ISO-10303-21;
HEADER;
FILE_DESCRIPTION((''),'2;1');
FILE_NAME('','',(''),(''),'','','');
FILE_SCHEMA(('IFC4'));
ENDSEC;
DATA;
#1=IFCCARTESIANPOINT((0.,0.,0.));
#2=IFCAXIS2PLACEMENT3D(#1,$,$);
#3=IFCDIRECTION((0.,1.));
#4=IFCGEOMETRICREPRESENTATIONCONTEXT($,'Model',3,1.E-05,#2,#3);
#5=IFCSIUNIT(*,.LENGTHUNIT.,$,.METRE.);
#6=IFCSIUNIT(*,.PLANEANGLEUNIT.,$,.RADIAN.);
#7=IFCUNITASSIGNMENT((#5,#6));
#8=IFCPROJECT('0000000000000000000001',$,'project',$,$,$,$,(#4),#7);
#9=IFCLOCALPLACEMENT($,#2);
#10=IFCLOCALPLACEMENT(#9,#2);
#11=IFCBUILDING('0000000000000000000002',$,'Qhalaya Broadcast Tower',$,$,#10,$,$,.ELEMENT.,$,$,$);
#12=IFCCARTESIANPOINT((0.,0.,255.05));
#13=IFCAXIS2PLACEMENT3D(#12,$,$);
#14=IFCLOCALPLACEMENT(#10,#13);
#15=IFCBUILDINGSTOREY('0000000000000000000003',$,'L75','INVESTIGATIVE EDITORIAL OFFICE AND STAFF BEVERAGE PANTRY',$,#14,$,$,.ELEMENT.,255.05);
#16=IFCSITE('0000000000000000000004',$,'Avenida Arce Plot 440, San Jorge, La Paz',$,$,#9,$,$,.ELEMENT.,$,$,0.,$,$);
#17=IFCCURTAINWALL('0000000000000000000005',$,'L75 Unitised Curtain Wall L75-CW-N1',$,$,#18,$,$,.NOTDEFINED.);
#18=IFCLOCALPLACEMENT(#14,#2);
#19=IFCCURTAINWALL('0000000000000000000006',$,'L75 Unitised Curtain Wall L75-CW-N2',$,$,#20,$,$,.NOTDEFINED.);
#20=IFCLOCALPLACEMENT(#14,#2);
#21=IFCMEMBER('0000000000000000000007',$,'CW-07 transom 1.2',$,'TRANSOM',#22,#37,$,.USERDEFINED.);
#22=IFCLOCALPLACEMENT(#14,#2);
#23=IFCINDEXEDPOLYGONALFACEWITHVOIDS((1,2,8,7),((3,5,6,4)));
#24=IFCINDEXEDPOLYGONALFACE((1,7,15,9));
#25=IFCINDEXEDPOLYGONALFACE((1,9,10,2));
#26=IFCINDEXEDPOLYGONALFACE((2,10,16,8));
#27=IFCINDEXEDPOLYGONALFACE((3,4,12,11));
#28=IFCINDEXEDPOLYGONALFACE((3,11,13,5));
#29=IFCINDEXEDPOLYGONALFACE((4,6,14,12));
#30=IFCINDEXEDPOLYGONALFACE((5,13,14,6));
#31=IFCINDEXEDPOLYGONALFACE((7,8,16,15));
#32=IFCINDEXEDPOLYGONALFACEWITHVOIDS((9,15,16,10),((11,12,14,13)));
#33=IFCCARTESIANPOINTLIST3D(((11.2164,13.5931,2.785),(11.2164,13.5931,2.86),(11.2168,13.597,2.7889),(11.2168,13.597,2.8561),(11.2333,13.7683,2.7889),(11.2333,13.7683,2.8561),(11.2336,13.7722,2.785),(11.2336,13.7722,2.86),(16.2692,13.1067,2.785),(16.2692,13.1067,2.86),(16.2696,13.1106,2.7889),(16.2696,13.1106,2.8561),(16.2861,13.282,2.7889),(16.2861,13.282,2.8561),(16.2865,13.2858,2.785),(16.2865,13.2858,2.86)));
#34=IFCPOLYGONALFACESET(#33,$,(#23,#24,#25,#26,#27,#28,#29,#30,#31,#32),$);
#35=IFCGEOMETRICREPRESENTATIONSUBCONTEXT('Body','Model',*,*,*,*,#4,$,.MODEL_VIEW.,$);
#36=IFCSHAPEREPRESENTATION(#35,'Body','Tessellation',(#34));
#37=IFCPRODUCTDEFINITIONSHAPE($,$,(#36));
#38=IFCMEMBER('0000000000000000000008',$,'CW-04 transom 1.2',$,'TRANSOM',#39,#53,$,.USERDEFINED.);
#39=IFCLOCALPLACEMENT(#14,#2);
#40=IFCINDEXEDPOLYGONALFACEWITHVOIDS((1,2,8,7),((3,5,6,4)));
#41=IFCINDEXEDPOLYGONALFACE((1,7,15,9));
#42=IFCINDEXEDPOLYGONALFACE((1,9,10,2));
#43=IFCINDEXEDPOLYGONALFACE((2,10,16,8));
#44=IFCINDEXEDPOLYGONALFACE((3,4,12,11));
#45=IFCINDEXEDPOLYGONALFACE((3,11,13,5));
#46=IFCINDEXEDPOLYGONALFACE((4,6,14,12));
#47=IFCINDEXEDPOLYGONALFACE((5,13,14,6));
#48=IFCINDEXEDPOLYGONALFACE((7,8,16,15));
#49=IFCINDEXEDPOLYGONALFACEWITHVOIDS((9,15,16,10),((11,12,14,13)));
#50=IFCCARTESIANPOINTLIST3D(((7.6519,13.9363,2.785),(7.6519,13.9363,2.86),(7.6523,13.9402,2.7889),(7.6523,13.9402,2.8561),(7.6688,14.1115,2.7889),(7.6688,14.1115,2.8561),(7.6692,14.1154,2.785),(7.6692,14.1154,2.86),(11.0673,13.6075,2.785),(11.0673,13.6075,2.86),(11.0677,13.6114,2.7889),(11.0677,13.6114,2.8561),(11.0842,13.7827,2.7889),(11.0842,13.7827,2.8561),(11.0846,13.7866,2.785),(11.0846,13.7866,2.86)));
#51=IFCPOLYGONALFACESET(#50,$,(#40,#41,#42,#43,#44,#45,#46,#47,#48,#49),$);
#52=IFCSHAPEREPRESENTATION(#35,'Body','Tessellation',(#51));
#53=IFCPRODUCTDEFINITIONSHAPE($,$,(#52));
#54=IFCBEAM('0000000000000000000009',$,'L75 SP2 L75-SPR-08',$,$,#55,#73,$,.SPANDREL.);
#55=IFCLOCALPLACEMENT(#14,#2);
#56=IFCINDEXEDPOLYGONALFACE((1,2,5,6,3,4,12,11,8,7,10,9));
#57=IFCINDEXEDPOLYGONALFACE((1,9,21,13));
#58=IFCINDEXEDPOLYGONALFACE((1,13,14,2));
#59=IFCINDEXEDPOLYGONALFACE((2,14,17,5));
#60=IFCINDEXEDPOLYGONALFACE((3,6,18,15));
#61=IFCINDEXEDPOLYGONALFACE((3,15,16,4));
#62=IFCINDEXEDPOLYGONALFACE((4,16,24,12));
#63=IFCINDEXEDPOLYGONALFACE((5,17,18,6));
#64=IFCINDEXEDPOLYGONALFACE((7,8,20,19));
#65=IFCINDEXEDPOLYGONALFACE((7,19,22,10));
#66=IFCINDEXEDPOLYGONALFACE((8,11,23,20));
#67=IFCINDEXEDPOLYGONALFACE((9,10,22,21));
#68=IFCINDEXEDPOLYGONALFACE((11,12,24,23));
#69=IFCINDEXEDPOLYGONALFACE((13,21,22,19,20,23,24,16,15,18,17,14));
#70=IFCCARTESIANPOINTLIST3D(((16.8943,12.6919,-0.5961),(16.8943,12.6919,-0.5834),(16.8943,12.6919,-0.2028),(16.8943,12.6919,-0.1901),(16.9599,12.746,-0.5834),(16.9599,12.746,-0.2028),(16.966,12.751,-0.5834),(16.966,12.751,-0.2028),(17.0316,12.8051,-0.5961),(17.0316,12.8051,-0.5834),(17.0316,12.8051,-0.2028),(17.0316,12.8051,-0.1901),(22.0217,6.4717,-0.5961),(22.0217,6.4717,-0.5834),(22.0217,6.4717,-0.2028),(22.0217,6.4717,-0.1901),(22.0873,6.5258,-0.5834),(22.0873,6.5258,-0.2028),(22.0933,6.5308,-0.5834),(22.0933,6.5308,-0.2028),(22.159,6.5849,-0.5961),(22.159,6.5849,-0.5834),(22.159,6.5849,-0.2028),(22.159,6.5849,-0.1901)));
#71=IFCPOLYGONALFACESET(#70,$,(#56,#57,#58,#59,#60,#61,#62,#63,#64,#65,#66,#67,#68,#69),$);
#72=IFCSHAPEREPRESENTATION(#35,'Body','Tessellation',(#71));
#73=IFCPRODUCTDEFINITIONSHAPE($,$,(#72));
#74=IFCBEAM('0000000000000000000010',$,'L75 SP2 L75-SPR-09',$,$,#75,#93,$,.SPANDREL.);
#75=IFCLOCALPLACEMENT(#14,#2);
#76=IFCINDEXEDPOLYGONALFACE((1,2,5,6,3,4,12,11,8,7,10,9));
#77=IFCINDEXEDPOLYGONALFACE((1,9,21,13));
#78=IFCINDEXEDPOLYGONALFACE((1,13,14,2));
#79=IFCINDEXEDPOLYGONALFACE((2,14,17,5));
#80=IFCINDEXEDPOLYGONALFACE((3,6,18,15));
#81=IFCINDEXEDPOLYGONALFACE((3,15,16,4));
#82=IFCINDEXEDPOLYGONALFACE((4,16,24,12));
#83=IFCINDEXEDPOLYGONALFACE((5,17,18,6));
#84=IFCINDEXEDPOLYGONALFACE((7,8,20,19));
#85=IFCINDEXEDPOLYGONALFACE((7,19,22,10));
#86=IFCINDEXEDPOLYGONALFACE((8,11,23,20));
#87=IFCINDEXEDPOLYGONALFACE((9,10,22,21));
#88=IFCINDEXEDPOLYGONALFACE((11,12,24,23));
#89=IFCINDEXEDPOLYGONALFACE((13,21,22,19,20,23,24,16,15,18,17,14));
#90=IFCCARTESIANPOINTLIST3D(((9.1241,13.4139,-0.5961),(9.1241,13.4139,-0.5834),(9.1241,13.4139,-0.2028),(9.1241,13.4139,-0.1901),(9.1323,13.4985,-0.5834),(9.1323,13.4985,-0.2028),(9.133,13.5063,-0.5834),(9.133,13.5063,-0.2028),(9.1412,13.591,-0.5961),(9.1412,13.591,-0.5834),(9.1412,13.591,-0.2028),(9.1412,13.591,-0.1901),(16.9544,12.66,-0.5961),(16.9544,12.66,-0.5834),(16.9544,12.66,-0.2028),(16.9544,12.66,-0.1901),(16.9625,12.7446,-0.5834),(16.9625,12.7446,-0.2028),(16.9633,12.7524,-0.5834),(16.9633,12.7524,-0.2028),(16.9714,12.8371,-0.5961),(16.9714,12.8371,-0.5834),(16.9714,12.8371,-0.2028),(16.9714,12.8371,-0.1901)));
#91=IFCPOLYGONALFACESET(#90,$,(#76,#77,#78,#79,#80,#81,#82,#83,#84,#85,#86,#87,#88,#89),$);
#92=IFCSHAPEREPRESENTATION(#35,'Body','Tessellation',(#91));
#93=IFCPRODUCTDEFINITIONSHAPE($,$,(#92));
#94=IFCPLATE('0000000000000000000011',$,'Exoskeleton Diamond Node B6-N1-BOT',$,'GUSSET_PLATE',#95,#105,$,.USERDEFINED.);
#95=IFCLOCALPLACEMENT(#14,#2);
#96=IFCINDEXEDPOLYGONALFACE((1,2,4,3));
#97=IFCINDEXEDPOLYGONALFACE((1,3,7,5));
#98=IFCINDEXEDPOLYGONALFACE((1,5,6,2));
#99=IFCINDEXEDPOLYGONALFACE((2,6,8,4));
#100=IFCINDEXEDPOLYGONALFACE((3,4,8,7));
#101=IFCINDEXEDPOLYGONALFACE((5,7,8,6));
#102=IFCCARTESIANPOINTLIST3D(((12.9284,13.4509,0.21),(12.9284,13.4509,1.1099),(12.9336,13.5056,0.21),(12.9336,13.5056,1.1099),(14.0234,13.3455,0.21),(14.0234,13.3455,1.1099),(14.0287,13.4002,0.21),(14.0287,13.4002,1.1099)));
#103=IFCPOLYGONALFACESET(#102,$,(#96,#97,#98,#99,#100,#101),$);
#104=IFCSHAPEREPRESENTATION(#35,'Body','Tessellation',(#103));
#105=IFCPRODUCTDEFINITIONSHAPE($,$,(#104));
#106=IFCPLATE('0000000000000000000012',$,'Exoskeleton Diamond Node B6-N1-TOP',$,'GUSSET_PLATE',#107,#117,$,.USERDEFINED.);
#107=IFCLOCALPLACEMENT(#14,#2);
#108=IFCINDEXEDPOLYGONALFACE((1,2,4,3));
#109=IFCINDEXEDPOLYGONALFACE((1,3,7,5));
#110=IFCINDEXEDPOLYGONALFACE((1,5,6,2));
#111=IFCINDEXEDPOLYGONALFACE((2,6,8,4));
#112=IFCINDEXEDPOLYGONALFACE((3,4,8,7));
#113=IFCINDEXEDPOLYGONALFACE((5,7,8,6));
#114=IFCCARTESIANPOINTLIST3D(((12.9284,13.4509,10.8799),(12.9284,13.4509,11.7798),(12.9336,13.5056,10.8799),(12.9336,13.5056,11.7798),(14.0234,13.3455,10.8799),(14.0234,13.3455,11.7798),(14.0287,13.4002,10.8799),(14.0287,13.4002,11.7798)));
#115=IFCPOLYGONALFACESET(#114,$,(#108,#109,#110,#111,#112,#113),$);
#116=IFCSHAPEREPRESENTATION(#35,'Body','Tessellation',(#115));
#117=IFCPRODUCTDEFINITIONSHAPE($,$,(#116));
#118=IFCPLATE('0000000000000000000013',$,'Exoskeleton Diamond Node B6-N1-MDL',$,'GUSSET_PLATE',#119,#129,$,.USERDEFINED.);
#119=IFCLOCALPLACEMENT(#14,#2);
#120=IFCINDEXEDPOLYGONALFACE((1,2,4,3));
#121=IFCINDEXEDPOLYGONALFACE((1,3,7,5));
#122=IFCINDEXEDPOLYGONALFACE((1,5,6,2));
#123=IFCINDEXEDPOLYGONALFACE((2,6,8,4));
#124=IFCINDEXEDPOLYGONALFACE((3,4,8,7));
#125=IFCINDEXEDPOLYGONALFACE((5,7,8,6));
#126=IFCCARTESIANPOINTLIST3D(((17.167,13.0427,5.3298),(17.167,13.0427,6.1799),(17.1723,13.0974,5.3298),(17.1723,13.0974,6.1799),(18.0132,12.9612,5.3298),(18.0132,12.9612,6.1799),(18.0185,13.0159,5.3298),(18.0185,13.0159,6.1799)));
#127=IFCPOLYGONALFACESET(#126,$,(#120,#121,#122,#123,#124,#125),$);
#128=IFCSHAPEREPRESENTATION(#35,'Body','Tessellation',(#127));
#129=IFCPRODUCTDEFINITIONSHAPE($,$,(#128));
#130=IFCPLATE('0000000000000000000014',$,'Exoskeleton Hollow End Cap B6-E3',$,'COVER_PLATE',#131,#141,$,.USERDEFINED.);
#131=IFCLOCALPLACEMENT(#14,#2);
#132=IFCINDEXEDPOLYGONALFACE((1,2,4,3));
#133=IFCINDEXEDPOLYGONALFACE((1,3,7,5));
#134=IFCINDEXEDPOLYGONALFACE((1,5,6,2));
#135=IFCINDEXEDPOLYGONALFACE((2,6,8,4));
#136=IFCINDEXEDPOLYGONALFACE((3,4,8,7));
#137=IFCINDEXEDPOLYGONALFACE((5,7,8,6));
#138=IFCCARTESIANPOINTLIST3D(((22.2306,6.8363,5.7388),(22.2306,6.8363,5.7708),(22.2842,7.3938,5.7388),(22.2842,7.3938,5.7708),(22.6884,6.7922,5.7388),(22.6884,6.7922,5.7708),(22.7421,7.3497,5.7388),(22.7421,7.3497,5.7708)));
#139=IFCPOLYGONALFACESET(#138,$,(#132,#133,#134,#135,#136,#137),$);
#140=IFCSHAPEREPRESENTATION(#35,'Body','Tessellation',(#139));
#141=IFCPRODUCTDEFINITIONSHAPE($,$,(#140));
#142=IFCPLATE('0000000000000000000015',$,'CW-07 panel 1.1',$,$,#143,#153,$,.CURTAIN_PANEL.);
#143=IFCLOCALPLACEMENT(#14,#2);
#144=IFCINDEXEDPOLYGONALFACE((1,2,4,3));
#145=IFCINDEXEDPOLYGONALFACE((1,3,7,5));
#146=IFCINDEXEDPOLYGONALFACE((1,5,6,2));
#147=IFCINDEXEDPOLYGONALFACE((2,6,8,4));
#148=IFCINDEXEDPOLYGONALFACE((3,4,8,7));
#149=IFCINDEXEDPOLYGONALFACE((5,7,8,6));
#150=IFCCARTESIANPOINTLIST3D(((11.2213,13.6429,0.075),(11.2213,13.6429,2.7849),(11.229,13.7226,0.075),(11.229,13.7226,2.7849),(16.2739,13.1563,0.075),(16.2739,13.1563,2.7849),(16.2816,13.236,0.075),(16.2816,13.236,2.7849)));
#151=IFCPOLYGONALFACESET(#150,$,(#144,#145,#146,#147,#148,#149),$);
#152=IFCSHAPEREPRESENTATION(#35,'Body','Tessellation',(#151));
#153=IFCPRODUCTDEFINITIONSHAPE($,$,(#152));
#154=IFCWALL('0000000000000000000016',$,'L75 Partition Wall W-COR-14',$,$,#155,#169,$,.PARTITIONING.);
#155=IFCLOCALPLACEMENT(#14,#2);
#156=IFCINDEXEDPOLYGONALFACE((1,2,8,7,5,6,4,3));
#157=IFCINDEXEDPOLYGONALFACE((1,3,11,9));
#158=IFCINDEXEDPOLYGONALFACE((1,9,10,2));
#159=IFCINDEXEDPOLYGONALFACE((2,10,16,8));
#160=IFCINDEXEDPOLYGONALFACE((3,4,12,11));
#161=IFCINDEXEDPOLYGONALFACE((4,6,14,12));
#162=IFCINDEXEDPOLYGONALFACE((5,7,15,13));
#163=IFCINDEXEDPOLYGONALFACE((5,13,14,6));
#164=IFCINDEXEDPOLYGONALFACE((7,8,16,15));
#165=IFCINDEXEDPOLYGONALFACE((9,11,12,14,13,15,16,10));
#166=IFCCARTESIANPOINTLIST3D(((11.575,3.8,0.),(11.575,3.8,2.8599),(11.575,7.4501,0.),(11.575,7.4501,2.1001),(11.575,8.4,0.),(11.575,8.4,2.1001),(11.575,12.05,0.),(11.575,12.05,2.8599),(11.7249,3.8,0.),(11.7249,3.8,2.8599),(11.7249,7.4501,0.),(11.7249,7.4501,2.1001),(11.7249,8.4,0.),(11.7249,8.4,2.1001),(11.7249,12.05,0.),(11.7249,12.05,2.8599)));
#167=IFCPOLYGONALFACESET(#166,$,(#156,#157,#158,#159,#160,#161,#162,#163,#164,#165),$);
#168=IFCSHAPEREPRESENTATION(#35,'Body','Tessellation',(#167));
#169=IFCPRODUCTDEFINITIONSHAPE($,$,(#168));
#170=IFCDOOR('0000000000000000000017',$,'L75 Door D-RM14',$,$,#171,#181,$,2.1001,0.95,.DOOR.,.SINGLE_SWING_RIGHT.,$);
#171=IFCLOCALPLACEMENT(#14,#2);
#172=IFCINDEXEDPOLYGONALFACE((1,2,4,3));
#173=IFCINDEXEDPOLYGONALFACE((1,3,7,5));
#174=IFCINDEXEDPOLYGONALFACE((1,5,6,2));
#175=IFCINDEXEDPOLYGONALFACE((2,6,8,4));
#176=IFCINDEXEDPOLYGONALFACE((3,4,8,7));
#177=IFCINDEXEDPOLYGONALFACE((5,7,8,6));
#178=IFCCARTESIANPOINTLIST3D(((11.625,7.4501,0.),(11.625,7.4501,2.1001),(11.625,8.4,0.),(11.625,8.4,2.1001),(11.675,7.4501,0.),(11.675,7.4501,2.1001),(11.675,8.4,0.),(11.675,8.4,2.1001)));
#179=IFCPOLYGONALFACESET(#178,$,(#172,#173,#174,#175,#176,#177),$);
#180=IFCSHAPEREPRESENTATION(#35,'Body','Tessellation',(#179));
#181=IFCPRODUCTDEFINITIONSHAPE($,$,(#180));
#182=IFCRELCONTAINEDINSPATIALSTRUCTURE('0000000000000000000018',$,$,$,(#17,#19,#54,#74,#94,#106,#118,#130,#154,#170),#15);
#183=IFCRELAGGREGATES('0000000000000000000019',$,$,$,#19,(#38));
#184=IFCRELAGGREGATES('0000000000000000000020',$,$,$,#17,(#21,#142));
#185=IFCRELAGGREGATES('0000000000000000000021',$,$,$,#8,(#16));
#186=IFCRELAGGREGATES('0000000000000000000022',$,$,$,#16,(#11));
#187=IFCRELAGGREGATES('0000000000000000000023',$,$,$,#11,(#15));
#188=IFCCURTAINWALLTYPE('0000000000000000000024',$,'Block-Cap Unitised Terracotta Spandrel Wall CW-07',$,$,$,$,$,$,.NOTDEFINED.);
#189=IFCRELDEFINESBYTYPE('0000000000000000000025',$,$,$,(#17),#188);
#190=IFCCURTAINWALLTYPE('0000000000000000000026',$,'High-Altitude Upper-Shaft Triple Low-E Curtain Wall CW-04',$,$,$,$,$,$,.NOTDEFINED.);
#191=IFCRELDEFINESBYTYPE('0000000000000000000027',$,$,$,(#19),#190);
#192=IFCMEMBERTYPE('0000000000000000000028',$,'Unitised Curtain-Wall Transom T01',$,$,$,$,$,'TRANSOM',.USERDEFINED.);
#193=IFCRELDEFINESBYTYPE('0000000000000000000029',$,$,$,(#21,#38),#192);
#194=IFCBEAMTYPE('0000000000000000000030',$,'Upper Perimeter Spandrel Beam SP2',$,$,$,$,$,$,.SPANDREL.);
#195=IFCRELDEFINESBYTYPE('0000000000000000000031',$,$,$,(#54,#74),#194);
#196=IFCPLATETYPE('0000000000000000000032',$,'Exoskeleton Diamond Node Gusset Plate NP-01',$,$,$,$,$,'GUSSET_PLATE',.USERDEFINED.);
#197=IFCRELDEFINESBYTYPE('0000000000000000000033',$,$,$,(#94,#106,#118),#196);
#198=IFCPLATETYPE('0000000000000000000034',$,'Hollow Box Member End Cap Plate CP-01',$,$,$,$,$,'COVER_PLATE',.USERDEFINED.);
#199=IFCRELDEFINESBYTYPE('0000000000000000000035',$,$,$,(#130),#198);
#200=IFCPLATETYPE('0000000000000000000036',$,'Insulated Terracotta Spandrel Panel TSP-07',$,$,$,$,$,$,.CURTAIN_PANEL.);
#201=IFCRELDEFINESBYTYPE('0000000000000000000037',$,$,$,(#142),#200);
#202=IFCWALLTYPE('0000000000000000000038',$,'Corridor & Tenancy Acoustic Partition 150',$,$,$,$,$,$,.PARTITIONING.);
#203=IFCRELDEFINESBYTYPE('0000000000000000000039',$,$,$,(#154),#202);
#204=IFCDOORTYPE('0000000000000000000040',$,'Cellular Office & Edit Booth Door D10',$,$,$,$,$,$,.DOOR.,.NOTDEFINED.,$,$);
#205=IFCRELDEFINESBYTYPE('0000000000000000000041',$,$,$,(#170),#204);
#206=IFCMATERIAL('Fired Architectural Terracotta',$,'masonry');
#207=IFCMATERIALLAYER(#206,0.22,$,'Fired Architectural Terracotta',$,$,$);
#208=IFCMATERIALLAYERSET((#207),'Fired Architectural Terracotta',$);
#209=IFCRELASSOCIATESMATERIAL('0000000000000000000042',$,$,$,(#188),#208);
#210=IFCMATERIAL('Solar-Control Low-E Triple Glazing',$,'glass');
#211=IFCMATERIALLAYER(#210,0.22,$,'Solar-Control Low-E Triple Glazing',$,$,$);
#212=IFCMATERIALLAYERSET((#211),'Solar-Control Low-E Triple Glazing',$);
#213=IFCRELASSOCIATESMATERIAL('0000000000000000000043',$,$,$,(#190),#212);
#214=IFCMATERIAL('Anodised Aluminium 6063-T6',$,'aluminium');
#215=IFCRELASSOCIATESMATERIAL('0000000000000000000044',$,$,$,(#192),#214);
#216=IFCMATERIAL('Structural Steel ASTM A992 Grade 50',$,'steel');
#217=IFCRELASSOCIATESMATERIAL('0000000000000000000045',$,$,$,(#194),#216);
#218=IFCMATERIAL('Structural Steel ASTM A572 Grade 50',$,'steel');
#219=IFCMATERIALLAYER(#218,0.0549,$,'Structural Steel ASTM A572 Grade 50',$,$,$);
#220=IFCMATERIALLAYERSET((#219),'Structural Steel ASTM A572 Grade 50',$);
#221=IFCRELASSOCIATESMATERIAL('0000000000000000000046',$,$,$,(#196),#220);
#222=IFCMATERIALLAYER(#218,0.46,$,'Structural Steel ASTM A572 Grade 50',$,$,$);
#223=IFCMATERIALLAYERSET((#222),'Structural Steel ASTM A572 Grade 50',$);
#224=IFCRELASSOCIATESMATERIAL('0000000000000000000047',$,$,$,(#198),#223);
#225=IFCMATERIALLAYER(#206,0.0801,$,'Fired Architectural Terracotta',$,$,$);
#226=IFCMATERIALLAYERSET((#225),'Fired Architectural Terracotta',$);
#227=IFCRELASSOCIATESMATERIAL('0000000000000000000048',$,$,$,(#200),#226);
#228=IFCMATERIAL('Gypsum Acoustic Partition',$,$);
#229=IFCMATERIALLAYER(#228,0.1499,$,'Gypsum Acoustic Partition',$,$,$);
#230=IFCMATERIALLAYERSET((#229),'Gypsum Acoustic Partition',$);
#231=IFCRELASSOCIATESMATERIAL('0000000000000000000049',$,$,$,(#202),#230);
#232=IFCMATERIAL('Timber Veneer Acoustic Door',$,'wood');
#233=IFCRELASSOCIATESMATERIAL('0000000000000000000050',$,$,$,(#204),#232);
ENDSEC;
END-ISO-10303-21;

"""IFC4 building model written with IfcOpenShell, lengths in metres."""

from ifc_helpers import new_model, si_unit, direction, frame, frame_2d, origin, origin_2d, place, context, subcontext, project, spatial, rectangle, hollow_rectangle, i_section, extrude, material, layer, layer_set, material_profile, profile_set, type_object, element, fill, aggregate, save


model = new_model("IFC4")

# Units and contexts
model_context = context("Model", 3, precision=1e-05, world=origin(), true_north=direction((0.0, 1.0)))
body_context = subcontext(model_context, "Body", "Model", "MODEL_VIEW")
ifc_project = project(units=[si_unit("LENGTHUNIT", "METRE"), si_unit("PLANEANGLEUNIT", "RADIAN")], contexts=[model_context])

# Site, building, storey
site_placement = place(None, origin())
site = spatial("IfcSite", under=ifc_project, at=site_placement, Name="Avenida Arce Plot 440, San Jorge, La Paz", CompositionType="ELEMENT", RefElevation=0.0)
building_placement = place(site_placement, origin())
building = spatial("IfcBuilding", under=site, at=building_placement, Name="Qhalaya Broadcast Tower", CompositionType="ELEMENT")
storey_placement = place(building_placement, frame((0.0, 0.0, 255.05)))
storey = spatial("IfcBuildingStorey", under=building, at=storey_placement, Name="L75", Description="INVESTIGATIVE EDITORIAL OFFICE AND STAFF BEVERAGE PANTRY", CompositionType="ELEMENT", Elevation=255.05)

# Shared definitions
ifc_material_1 = material(Name="Structural Steel ASTM A572 Grade 50", Category="steel")

# Shared definitions
ifc_material_2 = material(Name="Fired Architectural Terracotta", Category="masonry")
ifc_layer_1 = layer(ifc_material_2, 0.22, Name="Fired Architectural Terracotta")
ifc_layer_set_1 = layer_set([ifc_layer_1], Name="Fired Architectural Terracotta")
curtain_wall_type_1 = type_object("IfcCurtainWallType", Name="Block-Cap Unitised Terracotta Spandrel Wall CW-07", PredefinedType="NOTDEFINED", material=ifc_layer_set_1)
ifc_material_3 = material(Name="Anodised Aluminium 6063-T6", Category="aluminium")

# Curtain wall
curtain_wall_1_placement = place(storey_placement, origin())
curtain_wall_1 = element("IfcCurtainWall", 1, at=curtain_wall_1_placement, inside=storey, type_object=curtain_wall_type_1, Name="L75 Unitised Curtain Wall L75-CW-N1", PredefinedType="NOTDEFINED")

# Curtain wall
ifc_material_4 = material(Name="Solar-Control Low-E Triple Glazing", Category="glass")
ifc_layer_2 = layer(ifc_material_4, 0.22, Name="Solar-Control Low-E Triple Glazing")
ifc_layer_set_2 = layer_set([ifc_layer_2], Name="Solar-Control Low-E Triple Glazing")
curtain_wall_type_2 = type_object("IfcCurtainWallType", Name="High-Altitude Upper-Shaft Triple Low-E Curtain Wall CW-04", PredefinedType="NOTDEFINED", material=ifc_layer_set_2)
curtain_wall_2_placement = place(storey_placement, origin())
curtain_wall_2 = element("IfcCurtainWall", 2, at=curtain_wall_2_placement, inside=storey, type_object=curtain_wall_type_2, Name="L75 Unitised Curtain Wall L75-CW-N2", PredefinedType="NOTDEFINED")

# Members
ifc_material_profile_1 = material_profile(ifc_material_3, hollow_rectangle(XDim=0.075, YDim=0.1799, WallThickness=0.0039, at=origin_2d()), Name="ALU-TRN 75x180x4")
ifc_profile_set_1 = profile_set([ifc_material_profile_1], Name="Anodised Aluminium 6063-T6")
member_type_1 = type_object("IfcMemberType", Name="Unitised Curtain-Wall Transom T01", ElementType="TRANSOM", PredefinedType="USERDEFINED", material=ifc_profile_set_1)
member_1_placement = place(storey_placement, frame((16.2778, 13.1963, 2.8225), z_axis=(-0.9954, 0.095808, 0.0), x_axis=(0.0, 0.0, 1.0)))
member_1 = element("IfcMember", 3, at=member_1_placement, type_object=member_type_1, Name="CW-07 transom 1.2", ObjectType="TRANSOM", PredefinedType="USERDEFINED", context=body_context, shape_type="SweptSolid", body=[
    extrude(hollow_rectangle(XDim=0.075, YDim=0.1799, WallThickness=0.0039, at=origin_2d()), origin(), (0.0, 0.0, 1.0), 5.0762),
])
member_2_placement = place(storey_placement, frame((11.0759, 13.697, 2.8225), z_axis=(-0.995396, 0.095847, 0.0), x_axis=(0.0, 0.0, 1.0)))
member_2 = element("IfcMember", 4, at=member_2_placement, type_object=member_type_1, Name="CW-04 transom 1.2", ObjectType="TRANSOM", PredefinedType="USERDEFINED", context=body_context, shape_type="SweptSolid", body=[
    extrude(hollow_rectangle(XDim=0.075, YDim=0.1799, WallThickness=0.0039, at=origin_2d()), origin(), (0.0, 0.0, 1.0), 3.4312),
])
aggregate(curtain_wall_2, [member_2])

# Beams
ifc_material_5 = material(Name="Structural Steel ASTM A992 Grade 50", Category="steel")
ifc_material_profile_2 = material_profile(ifc_material_5, i_section(OverallWidth=0.178, OverallDepth=0.406, WebThickness=0.0078, FlangeThickness=0.0127, at=origin_2d()), Name="W16X40")
ifc_profile_set_2 = profile_set([ifc_material_profile_2], Name="Structural Steel ASTM A992 Grade 50")
beam_type = type_object("IfcBeamType", Name="Upper Perimeter Spandrel Beam SP2", PredefinedType="SPANDREL", material=ifc_profile_set_2)
beam_1_placement = place(storey_placement, frame((22.0903, 6.5283, -0.3931), z_axis=(-0.63607, 0.771631, 0.0), x_axis=(-0.771631, -0.63607, 0.0)))
element("IfcBeam", 5, at=beam_1_placement, inside=storey, type_object=beam_type, Name="L75 SP2 L75-SPR-08", PredefinedType="SPANDREL", context=body_context, shape_type="SweptSolid", body=[
    extrude(i_section(OverallWidth=0.178, OverallDepth=0.406, WebThickness=0.0078, FlangeThickness=0.0127, at=origin_2d()), origin(), (0.0, 0.0, 1.0), 8.061),
])
beam_2_placement = place(storey_placement, frame((16.9629, 12.7485, -0.3931), z_axis=(-0.995397, 0.095837, 0.0), x_axis=(-0.095837, -0.995397, 0.0)))
element("IfcBeam", 6, at=beam_2_placement, inside=storey, type_object=beam_type, Name="L75 SP2 L75-SPR-09", PredefinedType="SPANDREL", context=body_context, shape_type="SweptSolid", body=[
    extrude(i_section(OverallWidth=0.178, OverallDepth=0.406, WebThickness=0.0078, FlangeThickness=0.0127, at=origin_2d()), origin(), (0.0, 0.0, 1.0), 7.8665),
])

# Plates
ifc_layer_3 = layer(ifc_material_1, 0.0549, Name="Structural Steel ASTM A572 Grade 50")
ifc_layer_set_3 = layer_set([ifc_layer_3], Name="Structural Steel ASTM A572 Grade 50")
plate_type_1 = type_object("IfcPlateType", Name="Exoskeleton Diamond Node Gusset Plate NP-01", ElementType="GUSSET_PLATE", PredefinedType="USERDEFINED", material=ifc_layer_set_3)
for number, where, z_axis, x_axis, name in (
    (7, (13.4785, 13.4255, 0.21), (0.0, 0.0, 1.0), (0.995396, -0.095846, 0.0), "Exoskeleton Diamond Node B6-N1-BOT"),
    (8, (13.4785, 13.4255, 10.8799), (0.0, 0.0, 1.0), (0.995396, -0.095846, 0.0), "Exoskeleton Diamond Node B6-N1-TOP"),
):
    element("IfcPlate", number, at=place(storey_placement, frame(where, z_axis=z_axis, x_axis=x_axis)), inside=storey, type_object=plate_type_1, Name=name, ObjectType="GUSSET_PLATE", PredefinedType="USERDEFINED", context=body_context, shape_type="SweptSolid", body=[
        extrude(rectangle(XDim=1.1001, YDim=0.0549, at=origin_2d()), origin(), (0.0, 0.0, 1.0), 0.8999),
    ])
plate_1_placement = place(storey_placement, frame((17.5928, 13.0293, 5.3298), z_axis=(0.0, 0.0, 1.0), x_axis=(0.995396, -0.095846, 0.0)))
element("IfcPlate", 9, at=plate_1_placement, inside=storey, type_object=plate_type_1, Name="Exoskeleton Diamond Node B6-N1-MDL", ObjectType="GUSSET_PLATE", PredefinedType="USERDEFINED", context=body_context, shape_type="SweptSolid", body=[
    extrude(rectangle(XDim=0.8501, YDim=0.0549, at=origin_2d()), origin(), (0.0, 0.0, 1.0), 0.8501),
])
ifc_layer_4 = layer(ifc_material_1, 0.46, Name="Structural Steel ASTM A572 Grade 50")
ifc_layer_set_4 = layer_set([ifc_layer_4], Name="Structural Steel ASTM A572 Grade 50")
plate_type_2 = type_object("IfcPlateType", Name="Hollow Box Member End Cap Plate CP-01", ElementType="COVER_PLATE", PredefinedType="USERDEFINED", material=ifc_layer_set_4)
plate_2_placement = place(storey_placement, frame((22.4863, 7.093, 5.7388), z_axis=(0.0, 0.0, 1.0), x_axis=(0.095846, 0.995396, 0.0)))
element("IfcPlate", 10, at=plate_2_placement, inside=storey, type_object=plate_type_2, Name="Exoskeleton Hollow End Cap B6-E3", ObjectType="COVER_PLATE", PredefinedType="USERDEFINED", context=body_context, shape_type="SweptSolid", body=[
    extrude(rectangle(XDim=0.5601, YDim=0.46, at=origin_2d()), origin(), (0.0, 0.0, 1.0), 0.032),
])

# Plate
ifc_layer_5 = layer(ifc_material_2, 0.0801, Name="Fired Architectural Terracotta")
ifc_layer_set_5 = layer_set([ifc_layer_5], Name="Fired Architectural Terracotta")
plate_type_3 = type_object("IfcPlateType", Name="Insulated Terracotta Spandrel Panel TSP-07", PredefinedType="CURTAIN_PANEL", material=ifc_layer_set_5)
plate_3_placement = place(storey_placement, frame((13.7515, 13.4395, 0.075), z_axis=(0.0, 0.0, 1.0), x_axis=(-0.995396, 0.095848, 0.0)))
plate_3 = element("IfcPlate", 11, at=plate_3_placement, type_object=plate_type_3, Name="CW-07 panel 1.1", PredefinedType="CURTAIN_PANEL", context=body_context, shape_type="SweptSolid", body=[
    extrude(rectangle(XDim=5.0759, YDim=0.0801, at=origin_2d()), origin(), (0.0, 0.0, 1.0), 2.71),
])
aggregate(curtain_wall_1, [member_1, plate_3])

# Wall, opening, door
ifc_material_6 = material(Name="Gypsum Acoustic Partition")
ifc_layer_6 = layer(ifc_material_6, 0.1499, Name="Gypsum Acoustic Partition")
ifc_layer_set_6 = layer_set([ifc_layer_6], Name="Gypsum Acoustic Partition")
wall_type_1 = type_object("IfcWallType", Name="Corridor & Tenancy Acoustic Partition 150", PredefinedType="PARTITIONING", material=ifc_layer_set_6)
wall_1_placement = place(storey_placement, frame((11.6499, 3.8, 0.0), z_axis=(0.0, 0.0, 1.0), x_axis=(0.0, 1.0, 0.0)))
wall_1 = element("IfcWall", 12, at=wall_1_placement, inside=storey, type_object=wall_type_1, Name="L75 Partition Wall W-COR-14", PredefinedType="PARTITIONING", context=body_context, shape_type="SweptSolid", body=[
    extrude(rectangle(XDim=8.25, YDim=0.1499, at=frame_2d((4.125, 0.0))), origin(), (0.0, 0.0, 1.0), 2.8599),
])
opening_placement = place(wall_1_placement, frame((3.6499, 0.0, 0.0)))
opening = element("IfcOpeningElement", 13, at=opening_placement, cuts=wall_1, PredefinedType="OPENING", context=body_context, shape_type="SweptSolid", body=[
    extrude(rectangle(XDim=0.95, YDim=2.1001, at=frame_2d((0.4751, 1.05))), frame((0.0, 0.0869, 0.0), z_axis=(0.0, -1.0, 0.0), x_axis=(1.0, 0.0, 0.0)), (0.0, 0.0, 1.0), 0.1738),
])
ifc_material_7 = material(Name="Timber Veneer Acoustic Door", Category="wood")
door_type = type_object("IfcDoorType", Name="Cellular Office & Edit Booth Door D10", OperationType="NOTDEFINED", PredefinedType="DOOR", material=ifc_material_7)
door_placement = place(opening_placement, origin())
door = element("IfcDoor", 14, at=door_placement, inside=storey, type_object=door_type, Name="L75 Door D-RM14", OperationType="SINGLE_SWING_RIGHT", OverallHeight=2.1001, OverallWidth=0.95, PredefinedType="DOOR", context=body_context, shape_type="SweptSolid", body=[
    extrude(rectangle(XDim=0.95, YDim=2.1001, at=frame_2d((0.4751, 1.05))), frame((0.0, 0.0249, 0.0), z_axis=(0.0, -1.0, 0.0), x_axis=(1.0, 0.0, 0.0)), (0.0, 0.0, 1.0), 0.05),
])
fill(opening, door)

save(model, "model.ifc")
